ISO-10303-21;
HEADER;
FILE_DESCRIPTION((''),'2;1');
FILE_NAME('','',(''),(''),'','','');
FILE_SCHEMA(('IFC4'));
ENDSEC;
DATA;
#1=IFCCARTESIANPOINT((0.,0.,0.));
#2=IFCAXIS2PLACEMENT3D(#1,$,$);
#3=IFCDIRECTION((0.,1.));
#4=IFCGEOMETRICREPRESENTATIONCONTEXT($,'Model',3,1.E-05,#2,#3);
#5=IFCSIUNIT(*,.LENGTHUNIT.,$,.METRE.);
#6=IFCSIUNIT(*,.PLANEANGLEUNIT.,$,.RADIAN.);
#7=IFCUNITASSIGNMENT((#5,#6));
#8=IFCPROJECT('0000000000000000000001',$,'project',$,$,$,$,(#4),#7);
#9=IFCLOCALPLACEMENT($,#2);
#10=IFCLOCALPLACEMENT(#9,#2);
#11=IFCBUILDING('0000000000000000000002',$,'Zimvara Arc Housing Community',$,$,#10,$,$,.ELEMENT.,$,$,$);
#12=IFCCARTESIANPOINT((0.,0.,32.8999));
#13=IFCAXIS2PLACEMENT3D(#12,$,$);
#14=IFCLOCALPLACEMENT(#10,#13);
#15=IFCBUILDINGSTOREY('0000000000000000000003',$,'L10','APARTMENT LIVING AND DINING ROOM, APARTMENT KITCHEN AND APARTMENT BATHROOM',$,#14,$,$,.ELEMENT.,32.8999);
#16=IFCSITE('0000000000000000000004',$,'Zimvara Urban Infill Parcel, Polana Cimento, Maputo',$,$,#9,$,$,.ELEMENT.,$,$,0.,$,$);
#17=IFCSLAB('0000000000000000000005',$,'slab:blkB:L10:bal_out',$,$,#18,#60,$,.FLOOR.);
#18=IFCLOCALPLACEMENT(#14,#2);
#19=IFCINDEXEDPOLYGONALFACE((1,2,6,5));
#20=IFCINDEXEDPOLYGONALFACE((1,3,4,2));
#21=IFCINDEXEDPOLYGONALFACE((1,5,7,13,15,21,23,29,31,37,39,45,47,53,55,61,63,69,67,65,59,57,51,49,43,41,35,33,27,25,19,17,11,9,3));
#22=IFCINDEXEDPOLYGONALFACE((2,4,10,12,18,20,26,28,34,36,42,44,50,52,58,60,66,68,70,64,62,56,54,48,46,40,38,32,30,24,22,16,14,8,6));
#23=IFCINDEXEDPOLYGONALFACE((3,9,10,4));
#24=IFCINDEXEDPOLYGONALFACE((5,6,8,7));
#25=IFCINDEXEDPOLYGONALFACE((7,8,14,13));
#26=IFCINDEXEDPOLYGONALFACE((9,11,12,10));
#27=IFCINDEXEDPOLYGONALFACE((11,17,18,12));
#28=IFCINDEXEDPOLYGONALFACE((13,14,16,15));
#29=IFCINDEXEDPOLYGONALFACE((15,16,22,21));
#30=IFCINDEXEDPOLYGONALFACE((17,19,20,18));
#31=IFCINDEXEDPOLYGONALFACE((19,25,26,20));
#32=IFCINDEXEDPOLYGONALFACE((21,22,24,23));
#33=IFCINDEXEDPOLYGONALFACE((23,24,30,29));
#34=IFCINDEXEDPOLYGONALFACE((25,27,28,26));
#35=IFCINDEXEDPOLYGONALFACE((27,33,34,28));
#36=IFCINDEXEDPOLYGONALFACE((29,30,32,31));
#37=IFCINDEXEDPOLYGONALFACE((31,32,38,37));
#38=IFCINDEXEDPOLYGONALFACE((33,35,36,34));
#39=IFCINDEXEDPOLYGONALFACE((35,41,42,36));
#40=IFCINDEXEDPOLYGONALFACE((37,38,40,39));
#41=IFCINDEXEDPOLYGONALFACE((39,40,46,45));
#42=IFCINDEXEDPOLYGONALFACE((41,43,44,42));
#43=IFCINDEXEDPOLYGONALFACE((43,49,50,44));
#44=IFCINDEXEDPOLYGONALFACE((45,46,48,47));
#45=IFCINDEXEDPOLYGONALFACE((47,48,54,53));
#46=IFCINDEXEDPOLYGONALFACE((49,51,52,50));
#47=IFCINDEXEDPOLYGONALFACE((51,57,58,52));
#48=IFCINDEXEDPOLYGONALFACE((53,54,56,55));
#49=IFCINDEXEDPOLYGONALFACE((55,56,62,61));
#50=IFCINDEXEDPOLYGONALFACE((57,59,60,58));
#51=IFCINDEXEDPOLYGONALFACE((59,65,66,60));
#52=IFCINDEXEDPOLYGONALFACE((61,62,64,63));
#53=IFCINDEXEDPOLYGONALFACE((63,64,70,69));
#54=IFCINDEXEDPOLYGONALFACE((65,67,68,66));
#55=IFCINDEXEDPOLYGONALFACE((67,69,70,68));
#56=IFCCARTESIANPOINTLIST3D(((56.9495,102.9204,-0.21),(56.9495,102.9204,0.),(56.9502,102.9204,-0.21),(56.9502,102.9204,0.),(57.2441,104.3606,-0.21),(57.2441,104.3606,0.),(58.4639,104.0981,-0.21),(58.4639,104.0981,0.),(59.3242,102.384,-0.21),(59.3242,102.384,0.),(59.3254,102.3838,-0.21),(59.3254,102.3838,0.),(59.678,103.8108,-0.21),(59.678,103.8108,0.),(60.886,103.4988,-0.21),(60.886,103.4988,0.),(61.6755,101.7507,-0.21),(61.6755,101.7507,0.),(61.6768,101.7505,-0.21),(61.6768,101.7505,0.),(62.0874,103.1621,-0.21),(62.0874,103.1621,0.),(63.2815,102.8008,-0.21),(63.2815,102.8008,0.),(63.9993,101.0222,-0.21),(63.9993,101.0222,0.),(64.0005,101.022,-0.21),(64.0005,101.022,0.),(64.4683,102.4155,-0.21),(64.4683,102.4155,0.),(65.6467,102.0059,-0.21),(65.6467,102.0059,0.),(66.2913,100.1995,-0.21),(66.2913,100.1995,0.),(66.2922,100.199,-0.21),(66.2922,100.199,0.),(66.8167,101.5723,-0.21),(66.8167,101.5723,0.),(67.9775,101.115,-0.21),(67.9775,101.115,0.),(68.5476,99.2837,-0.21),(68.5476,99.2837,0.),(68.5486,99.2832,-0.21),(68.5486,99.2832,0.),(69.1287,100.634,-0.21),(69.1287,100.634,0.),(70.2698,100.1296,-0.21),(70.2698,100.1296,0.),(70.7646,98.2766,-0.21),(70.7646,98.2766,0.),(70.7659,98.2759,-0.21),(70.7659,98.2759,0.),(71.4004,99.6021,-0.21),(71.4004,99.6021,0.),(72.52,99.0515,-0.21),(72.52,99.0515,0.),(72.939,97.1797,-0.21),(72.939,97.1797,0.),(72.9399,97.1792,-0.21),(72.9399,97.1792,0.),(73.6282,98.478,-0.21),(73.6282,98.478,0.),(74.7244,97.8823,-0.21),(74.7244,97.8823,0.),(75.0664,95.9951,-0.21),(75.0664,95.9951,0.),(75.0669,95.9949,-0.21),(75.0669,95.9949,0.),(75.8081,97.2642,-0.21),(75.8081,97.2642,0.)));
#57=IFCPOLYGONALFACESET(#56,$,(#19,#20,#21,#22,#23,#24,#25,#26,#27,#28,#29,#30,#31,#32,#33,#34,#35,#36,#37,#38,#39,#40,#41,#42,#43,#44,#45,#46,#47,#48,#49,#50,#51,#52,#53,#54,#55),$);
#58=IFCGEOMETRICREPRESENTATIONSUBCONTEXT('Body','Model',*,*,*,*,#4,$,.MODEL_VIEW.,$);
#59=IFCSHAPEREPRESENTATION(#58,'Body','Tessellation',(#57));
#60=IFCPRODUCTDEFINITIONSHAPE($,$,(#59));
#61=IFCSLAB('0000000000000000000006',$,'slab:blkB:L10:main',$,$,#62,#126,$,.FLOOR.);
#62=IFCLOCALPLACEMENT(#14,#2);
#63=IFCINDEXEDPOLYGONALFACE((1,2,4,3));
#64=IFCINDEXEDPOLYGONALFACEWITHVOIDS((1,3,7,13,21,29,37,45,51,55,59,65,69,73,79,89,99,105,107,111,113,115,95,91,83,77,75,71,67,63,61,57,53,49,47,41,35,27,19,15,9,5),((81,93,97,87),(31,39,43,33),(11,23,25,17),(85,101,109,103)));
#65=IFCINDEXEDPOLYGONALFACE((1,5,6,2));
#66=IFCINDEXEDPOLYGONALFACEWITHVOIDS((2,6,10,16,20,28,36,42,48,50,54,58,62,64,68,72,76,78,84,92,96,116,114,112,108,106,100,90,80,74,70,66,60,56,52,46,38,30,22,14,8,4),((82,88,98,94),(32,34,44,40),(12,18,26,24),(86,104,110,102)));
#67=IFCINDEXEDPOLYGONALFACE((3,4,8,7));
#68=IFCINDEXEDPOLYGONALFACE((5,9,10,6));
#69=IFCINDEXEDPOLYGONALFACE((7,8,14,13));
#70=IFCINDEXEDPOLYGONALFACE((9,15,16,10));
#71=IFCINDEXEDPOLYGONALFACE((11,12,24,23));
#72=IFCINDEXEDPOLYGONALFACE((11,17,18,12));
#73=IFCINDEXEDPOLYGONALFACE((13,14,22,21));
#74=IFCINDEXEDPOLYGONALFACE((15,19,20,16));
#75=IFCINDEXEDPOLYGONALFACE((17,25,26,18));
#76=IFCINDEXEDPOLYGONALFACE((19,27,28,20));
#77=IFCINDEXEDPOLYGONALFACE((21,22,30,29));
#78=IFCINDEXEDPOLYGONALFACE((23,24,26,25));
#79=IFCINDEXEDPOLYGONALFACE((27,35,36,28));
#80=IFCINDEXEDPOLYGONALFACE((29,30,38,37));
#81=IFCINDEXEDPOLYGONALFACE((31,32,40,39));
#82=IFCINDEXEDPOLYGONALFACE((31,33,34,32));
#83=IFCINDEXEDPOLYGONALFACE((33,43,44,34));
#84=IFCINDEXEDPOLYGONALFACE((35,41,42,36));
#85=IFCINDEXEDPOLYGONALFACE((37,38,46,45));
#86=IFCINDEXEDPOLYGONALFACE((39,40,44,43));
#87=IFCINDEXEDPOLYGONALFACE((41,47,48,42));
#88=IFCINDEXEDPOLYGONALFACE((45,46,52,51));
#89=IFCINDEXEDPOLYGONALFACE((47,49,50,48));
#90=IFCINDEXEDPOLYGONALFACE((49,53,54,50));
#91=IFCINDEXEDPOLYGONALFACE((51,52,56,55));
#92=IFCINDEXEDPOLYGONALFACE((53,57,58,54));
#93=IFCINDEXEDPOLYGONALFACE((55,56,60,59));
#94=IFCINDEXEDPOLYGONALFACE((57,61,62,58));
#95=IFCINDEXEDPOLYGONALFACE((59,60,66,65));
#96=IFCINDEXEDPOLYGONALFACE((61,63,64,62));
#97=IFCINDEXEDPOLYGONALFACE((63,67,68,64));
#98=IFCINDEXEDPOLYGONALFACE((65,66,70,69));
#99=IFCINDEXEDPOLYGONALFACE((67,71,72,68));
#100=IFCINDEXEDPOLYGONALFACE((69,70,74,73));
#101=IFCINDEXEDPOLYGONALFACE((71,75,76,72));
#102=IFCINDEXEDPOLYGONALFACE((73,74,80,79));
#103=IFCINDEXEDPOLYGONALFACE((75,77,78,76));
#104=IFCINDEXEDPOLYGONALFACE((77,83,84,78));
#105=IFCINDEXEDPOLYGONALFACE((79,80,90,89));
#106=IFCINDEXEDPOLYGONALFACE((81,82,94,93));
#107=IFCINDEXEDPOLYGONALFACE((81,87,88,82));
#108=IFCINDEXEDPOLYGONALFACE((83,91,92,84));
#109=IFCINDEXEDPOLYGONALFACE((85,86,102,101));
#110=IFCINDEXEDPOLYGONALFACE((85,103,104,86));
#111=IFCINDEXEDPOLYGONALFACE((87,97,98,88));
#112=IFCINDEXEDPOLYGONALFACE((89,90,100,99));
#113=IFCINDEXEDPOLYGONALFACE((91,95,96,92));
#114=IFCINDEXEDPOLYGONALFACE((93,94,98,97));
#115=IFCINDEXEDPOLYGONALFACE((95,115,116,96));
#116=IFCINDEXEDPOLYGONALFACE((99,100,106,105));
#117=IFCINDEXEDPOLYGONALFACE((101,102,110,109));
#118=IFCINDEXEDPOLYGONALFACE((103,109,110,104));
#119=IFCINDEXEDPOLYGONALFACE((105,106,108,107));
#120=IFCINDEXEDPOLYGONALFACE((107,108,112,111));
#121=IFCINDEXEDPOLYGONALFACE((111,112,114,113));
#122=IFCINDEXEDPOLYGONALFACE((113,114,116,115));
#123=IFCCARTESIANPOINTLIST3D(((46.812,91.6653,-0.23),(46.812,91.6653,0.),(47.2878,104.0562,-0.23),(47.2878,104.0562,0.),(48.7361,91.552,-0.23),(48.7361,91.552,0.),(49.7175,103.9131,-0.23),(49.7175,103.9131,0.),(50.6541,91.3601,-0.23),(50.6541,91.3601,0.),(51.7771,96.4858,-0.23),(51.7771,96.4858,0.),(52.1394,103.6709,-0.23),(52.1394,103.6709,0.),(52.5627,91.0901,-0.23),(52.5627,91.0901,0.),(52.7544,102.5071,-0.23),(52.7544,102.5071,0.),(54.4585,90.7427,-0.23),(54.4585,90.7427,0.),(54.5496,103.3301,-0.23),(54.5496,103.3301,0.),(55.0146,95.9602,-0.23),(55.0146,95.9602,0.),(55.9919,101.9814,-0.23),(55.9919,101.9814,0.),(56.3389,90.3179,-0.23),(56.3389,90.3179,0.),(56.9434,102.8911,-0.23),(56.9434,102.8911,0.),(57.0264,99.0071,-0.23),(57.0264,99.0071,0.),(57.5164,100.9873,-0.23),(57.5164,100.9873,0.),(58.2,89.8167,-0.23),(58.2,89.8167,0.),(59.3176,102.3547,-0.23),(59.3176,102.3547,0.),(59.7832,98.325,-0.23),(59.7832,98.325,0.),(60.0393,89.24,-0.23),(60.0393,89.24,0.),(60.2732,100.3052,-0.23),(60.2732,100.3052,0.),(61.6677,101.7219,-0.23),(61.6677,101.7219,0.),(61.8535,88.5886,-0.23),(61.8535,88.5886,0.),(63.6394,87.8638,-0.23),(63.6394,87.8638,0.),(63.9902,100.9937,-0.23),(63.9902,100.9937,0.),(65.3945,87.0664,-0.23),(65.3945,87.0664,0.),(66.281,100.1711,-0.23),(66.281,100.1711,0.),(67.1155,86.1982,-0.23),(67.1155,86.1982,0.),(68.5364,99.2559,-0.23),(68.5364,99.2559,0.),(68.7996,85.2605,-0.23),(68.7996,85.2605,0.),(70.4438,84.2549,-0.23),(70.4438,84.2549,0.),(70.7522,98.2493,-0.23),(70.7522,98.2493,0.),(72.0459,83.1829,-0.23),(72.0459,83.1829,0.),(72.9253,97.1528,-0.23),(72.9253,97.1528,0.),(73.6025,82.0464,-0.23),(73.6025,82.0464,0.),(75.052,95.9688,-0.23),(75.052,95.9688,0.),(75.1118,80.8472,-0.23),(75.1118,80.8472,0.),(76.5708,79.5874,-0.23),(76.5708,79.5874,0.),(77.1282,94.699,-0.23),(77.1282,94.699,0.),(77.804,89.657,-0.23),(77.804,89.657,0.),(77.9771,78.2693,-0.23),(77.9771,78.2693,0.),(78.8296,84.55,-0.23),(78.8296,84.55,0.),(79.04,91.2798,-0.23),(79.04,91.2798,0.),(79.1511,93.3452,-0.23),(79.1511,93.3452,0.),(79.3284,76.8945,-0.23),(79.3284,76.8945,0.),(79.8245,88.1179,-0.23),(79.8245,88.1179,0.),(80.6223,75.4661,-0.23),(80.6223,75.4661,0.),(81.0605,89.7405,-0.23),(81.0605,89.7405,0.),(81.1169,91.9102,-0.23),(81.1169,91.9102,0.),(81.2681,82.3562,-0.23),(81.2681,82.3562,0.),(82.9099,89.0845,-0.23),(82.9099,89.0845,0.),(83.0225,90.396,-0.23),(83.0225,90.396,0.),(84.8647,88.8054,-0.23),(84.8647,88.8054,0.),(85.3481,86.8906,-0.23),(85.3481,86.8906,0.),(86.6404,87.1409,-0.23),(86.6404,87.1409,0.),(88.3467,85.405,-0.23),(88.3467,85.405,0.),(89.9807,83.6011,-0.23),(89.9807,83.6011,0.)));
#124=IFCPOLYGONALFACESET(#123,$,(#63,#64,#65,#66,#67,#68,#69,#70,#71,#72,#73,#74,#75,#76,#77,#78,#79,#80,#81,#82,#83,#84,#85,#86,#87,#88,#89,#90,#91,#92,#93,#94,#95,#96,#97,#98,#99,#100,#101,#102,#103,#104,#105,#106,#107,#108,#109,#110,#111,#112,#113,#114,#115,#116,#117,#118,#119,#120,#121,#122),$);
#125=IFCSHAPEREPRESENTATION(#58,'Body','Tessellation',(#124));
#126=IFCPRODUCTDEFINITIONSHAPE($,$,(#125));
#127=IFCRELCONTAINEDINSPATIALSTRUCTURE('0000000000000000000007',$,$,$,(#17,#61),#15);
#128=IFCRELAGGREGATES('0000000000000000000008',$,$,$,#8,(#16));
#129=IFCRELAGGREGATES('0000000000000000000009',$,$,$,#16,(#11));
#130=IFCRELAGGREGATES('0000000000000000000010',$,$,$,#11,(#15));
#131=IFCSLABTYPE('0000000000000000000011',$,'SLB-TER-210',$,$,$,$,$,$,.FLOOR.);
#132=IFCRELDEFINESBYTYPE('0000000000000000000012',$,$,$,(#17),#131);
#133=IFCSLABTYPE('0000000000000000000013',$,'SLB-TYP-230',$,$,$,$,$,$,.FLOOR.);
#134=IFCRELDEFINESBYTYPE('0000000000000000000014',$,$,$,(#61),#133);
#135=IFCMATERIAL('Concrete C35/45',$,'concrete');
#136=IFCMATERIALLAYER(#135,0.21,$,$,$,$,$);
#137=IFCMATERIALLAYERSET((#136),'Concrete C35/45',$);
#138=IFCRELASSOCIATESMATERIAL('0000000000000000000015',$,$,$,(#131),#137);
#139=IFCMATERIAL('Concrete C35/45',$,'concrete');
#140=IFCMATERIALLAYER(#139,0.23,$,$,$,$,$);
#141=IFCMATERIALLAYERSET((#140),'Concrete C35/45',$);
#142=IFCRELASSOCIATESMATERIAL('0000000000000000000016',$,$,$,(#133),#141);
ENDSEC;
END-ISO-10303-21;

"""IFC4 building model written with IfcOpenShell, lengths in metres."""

from ifc_helpers import new_model, si_unit, direction, frame, origin, place, context, subcontext, project, spatial, polyline, outline, extrude, material, layer, layer_set, type_object, element, save


model = new_model("IFC4")

# Units and contexts
model_context = context("Model", 3, precision=1e-05, world=origin(), true_north=direction((0.0, 1.0)))
body_context = subcontext(model_context, "Body", "Model", "MODEL_VIEW")
ifc_project = project(units=[si_unit("LENGTHUNIT", "METRE"), si_unit("PLANEANGLEUNIT", "RADIAN")], contexts=[model_context])

# Site, building, storey
site_placement = place(None, origin())
site = spatial("IfcSite", under=ifc_project, at=site_placement, Name="Zimvara Urban Infill Parcel, Polana Cimento, Maputo", CompositionType="ELEMENT", RefElevation=0.0)
building_placement = place(site_placement, origin())
building = spatial("IfcBuilding", under=site, at=building_placement, Name="Zimvara Arc Housing Community", CompositionType="ELEMENT")
storey_placement = place(building_placement, frame((0.0, 0.0, 32.8999)))
storey = spatial("IfcBuildingStorey", under=building, at=storey_placement, Name="L10", Description="APARTMENT LIVING AND DINING ROOM, APARTMENT KITCHEN AND APARTMENT BATHROOM", CompositionType="ELEMENT", Elevation=32.8999)

# Slabs
ifc_material_1 = material(Name="Concrete C35/45", Category="concrete")
ifc_layer_1 = layer(ifc_material_1, 0.21)
ifc_layer_set_1 = layer_set([ifc_layer_1], Name="Concrete C35/45")
slab_type_1 = type_object("IfcSlabType", Name="SLB-TER-210", PredefinedType="FLOOR", material=ifc_layer_set_1)
slab_1_placement = place(storey_placement, frame((0.0, 0.0, -0.21)))
element("IfcSlab", 1, at=slab_1_placement, inside=storey, type_object=slab_type_1, Name="slab:blkB:L10:bal_out", PredefinedType="FLOOR", context=body_context, shape_type="SweptSolid", body=[
    extrude(outline(polyline([(57.2441, 104.3606), (56.9495, 102.9204), (56.9502, 102.9204), (59.3242, 102.384), (59.3254, 102.3838), (61.6755, 101.7507), (61.6768, 101.7505), (63.9993, 101.0222), (64.0005, 101.022), (66.2913, 100.1995), (66.2922, 100.199), (68.5476, 99.2837), (68.5486, 99.2832), (70.7646, 98.2766), (70.7659, 98.2759), (72.939, 97.1797), (72.9399, 97.1792), (75.0664, 95.9951), (75.0669, 95.9949), (75.8081, 97.2642), (74.7244, 97.8823), (73.6282, 98.478), (72.52, 99.0515), (71.4004, 99.6021), (70.2698, 100.1296), (69.1287, 100.634), (67.9775, 101.115), (66.8167, 101.5723), (65.6467, 102.0059), (64.4683, 102.4155), (63.2815, 102.8008), (62.0874, 103.1621), (60.886, 103.4988), (59.678, 103.8108), (58.4639, 104.0981), (57.2441, 104.3606)])), origin(), (0.0, 0.0, 1.0), 0.21),
])
ifc_material_2 = material(Name="Concrete C35/45", Category="concrete")
ifc_layer_2 = layer(ifc_material_2, 0.23)
ifc_layer_set_2 = layer_set([ifc_layer_2], Name="Concrete C35/45")
slab_type_2 = type_object("IfcSlabType", Name="SLB-TYP-230", PredefinedType="FLOOR", material=ifc_layer_set_2)
slab_2_placement = place(storey_placement, frame((0.0, 0.0, -0.23)))
element("IfcSlab", 2, at=slab_2_placement, inside=storey, type_object=slab_type_2, Name="slab:blkB:L10:main", PredefinedType="FLOOR", context=body_context, shape_type="SweptSolid", body=[
    extrude(outline(polyline([(46.812, 91.6653), (48.7361, 91.552), (50.6541, 91.3601), (52.5627, 91.0901), (54.4585, 90.7427), (56.3389, 90.3179), (58.2, 89.8167), (60.0393, 89.24), (61.8535, 88.5886), (63.6394, 87.8638), (65.3945, 87.0664), (67.1155, 86.1982), (68.7996, 85.2605), (70.4438, 84.2549), (72.0459, 83.1829), (73.6025, 82.0464), (75.1118, 80.8472), (76.5708, 79.5874), (77.9771, 78.2693), (79.3284, 76.8945), (80.6223, 75.4661), (89.9807, 83.6011), (88.3467, 85.405), (86.6404, 87.1409), (84.8647, 88.8054), (83.0225, 90.396), (81.1169, 91.9102), (79.1511, 93.3452), (77.1282, 94.699), (75.052, 95.9688), (72.9253, 97.1528), (70.7522, 98.2493), (68.5364, 99.2559), (66.281, 100.1711), (63.9902, 100.9937), (61.6677, 101.7219), (59.3176, 102.3547), (56.9434, 102.8911), (54.5496, 103.3301), (52.1394, 103.6709), (49.7175, 103.9131), (47.2878, 104.0562), (46.812, 91.6653)]), holes=[polyline([(51.7771, 96.4858), (52.7544, 102.5071), (55.9919, 101.9814), (55.0146, 95.9602), (51.7771, 96.4858)]), polyline([(78.8296, 84.55), (82.9099, 89.0845), (85.3481, 86.8906), (81.2681, 82.3562), (78.8296, 84.55)]), polyline([(57.0264, 99.0071), (57.5164, 100.9873), (60.2732, 100.3052), (59.7832, 98.325), (57.0264, 99.0071)]), polyline([(77.804, 89.657), (79.04, 91.2798), (81.0605, 89.7405), (79.8245, 88.1179), (77.804, 89.657)])]), origin(), (0.0, 0.0, 1.0), 0.23),
])

save(model, "model.ifc")
